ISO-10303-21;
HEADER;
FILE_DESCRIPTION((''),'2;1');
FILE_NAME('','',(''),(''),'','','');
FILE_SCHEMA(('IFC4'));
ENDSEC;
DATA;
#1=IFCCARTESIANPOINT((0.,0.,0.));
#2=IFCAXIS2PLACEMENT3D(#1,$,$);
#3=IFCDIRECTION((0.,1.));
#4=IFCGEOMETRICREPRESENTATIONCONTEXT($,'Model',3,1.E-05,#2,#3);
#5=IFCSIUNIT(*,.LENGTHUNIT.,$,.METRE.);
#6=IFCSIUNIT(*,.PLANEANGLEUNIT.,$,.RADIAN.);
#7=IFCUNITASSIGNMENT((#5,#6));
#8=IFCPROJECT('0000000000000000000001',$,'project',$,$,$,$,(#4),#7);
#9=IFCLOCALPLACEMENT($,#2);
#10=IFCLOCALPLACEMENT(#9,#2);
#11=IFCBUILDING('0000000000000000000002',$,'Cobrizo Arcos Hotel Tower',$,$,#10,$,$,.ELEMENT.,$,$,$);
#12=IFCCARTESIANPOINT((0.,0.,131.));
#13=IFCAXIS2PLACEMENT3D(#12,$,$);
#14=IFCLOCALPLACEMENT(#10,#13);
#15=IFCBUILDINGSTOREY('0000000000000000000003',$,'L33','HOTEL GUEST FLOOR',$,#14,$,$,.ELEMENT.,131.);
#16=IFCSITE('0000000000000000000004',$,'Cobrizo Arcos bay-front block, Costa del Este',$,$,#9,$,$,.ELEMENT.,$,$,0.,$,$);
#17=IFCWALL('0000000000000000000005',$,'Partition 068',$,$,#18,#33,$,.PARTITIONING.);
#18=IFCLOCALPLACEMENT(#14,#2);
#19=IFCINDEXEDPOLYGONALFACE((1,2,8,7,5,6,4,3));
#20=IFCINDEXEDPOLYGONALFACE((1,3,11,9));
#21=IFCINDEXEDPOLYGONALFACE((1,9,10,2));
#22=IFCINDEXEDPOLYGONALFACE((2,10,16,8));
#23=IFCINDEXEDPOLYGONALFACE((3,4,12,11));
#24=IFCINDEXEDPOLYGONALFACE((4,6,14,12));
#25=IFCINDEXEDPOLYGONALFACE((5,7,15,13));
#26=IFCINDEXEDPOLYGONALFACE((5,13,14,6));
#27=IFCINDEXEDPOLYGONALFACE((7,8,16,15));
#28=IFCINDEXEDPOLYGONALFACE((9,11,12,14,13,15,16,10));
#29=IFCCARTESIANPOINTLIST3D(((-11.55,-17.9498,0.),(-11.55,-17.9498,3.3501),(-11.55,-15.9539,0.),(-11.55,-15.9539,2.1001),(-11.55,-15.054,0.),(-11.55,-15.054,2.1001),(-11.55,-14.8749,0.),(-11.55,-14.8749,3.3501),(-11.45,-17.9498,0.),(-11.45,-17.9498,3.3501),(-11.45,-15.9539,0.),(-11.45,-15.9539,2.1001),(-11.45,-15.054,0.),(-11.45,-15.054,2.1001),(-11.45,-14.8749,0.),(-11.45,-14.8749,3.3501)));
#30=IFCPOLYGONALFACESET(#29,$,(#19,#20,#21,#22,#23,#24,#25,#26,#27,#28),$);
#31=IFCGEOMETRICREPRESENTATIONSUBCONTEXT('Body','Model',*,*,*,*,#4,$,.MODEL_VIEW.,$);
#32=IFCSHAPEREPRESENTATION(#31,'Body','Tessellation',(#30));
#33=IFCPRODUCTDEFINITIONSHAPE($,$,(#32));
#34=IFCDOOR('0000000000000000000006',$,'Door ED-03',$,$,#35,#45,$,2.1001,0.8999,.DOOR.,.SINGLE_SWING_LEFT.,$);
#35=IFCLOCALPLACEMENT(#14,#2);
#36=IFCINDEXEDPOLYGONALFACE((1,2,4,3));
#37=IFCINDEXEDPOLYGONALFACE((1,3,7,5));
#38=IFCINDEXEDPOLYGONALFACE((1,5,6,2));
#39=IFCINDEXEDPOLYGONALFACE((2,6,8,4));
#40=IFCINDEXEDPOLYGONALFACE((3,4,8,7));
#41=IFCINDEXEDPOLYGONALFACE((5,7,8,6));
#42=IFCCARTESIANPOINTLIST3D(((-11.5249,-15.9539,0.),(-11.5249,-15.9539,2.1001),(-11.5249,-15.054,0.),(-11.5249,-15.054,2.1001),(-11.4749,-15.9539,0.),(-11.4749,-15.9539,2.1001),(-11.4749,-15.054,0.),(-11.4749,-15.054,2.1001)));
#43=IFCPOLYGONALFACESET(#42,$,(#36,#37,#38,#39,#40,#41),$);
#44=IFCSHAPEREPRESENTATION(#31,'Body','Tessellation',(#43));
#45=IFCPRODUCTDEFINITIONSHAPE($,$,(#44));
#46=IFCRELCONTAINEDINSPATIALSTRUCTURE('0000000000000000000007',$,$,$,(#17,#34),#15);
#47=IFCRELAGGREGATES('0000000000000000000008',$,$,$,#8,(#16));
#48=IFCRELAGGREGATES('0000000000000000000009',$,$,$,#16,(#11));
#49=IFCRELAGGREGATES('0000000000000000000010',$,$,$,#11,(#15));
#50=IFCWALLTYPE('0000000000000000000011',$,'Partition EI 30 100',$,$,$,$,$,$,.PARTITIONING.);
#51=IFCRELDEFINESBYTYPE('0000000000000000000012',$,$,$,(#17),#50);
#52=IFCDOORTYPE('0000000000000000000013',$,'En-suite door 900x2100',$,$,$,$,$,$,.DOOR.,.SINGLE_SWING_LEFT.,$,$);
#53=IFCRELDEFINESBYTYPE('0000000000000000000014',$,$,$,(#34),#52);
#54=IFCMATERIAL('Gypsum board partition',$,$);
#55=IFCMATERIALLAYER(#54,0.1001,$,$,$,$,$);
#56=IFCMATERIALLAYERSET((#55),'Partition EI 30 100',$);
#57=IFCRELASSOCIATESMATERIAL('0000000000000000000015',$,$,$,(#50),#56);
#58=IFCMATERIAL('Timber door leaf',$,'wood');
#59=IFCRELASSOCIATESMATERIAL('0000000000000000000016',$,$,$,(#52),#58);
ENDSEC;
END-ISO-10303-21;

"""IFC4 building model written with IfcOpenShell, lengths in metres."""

from ifc_helpers import new_model, si_unit, direction, frame, frame_2d, origin, place, context, subcontext, project, spatial, rectangle, extrude, material, layer, layer_set, type_object, element, fill, save


model = new_model("IFC4")

# Units and contexts
model_context = context("Model", 3, precision=1e-05, world=origin(), true_north=direction((0.0, 1.0)))
body_context = subcontext(model_context, "Body", "Model", "MODEL_VIEW")
ifc_project = project(units=[si_unit("LENGTHUNIT", "METRE"), si_unit("PLANEANGLEUNIT", "RADIAN")], contexts=[model_context])

# Site, building, storey
site_placement = place(None, origin())
site = spatial("IfcSite", under=ifc_project, at=site_placement, Name="Cobrizo Arcos bay-front block, Costa del Este", CompositionType="ELEMENT", RefElevation=0.0)
building_placement = place(site_placement, origin())
building = spatial("IfcBuilding", under=site, at=building_placement, Name="Cobrizo Arcos Hotel Tower", CompositionType="ELEMENT")
storey_placement = place(building_placement, frame((0.0, 0.0, 131.0)))
storey = spatial("IfcBuildingStorey", under=building, at=storey_placement, Name="L33", Description="HOTEL GUEST FLOOR", CompositionType="ELEMENT", Elevation=131.0)

# Shared definitions
ifc_material_1 = material(Name="Gypsum board partition")
ifc_layer_1 = layer(ifc_material_1, 0.1001)
ifc_layer_set_1 = layer_set([ifc_layer_1], Name="Partition EI 30 100")
wall_type = type_object("IfcWallType", Name="Partition EI 30 100", PredefinedType="PARTITIONING", material=ifc_layer_set_1)

# Wall, opening, door
wall_1_placement = place(storey_placement, frame((-11.5, -17.95, 0.0), z_axis=(0.0, 0.0, 1.0), x_axis=(0.0, 1.0, 0.0)))
wall_1 = element("IfcWall", 1, at=wall_1_placement, inside=storey, type_object=wall_type, Name="Partition 068", PredefinedType="PARTITIONING", context=body_context, shape_type="SweptSolid", body=[
    extrude(rectangle(XDim=3.075, YDim=0.1001, at=frame_2d((1.5376, 0.0))), origin(), (0.0, 0.0, 1.0), 3.3501),
])
opening_placement = place(wall_1_placement, frame((1.9961, 0.0, 0.0)))
opening = element("IfcOpeningElement", 2, at=opening_placement, cuts=wall_1, PredefinedType="OPENING", context=body_context, shape_type="SweptSolid", body=[
    extrude(rectangle(XDim=0.8999, YDim=2.1001, at=frame_2d((0.45, 1.05))), frame((0.0, 0.062, 0.0), z_axis=(0.0, -1.0, 0.0), x_axis=(1.0, 0.0, 0.0)), (0.0, 0.0, 1.0), 0.124),
])
ifc_material_2 = material(Name="Timber door leaf", Category="wood")
door_type = type_object("IfcDoorType", Name="En-suite door 900x2100", OperationType="SINGLE_SWING_LEFT", PredefinedType="DOOR", material=ifc_material_2)
door_placement = place(opening_placement, origin())
door = element("IfcDoor", 3, at=door_placement, inside=storey, type_object=door_type, Name="Door ED-03", OperationType="SINGLE_SWING_LEFT", OverallHeight=2.1001, OverallWidth=0.8999, PredefinedType="DOOR", context=body_context, shape_type="SweptSolid", body=[
    extrude(rectangle(XDim=0.8999, YDim=2.1001, at=frame_2d((0.45, 1.05))), frame((0.0, 0.0249, 0.0), z_axis=(0.0, -1.0, 0.0), x_axis=(1.0, 0.0, 0.0)), (0.0, 0.0, 1.0), 0.05),
])
fill(opening, door)

save(model, "model.ifc")
